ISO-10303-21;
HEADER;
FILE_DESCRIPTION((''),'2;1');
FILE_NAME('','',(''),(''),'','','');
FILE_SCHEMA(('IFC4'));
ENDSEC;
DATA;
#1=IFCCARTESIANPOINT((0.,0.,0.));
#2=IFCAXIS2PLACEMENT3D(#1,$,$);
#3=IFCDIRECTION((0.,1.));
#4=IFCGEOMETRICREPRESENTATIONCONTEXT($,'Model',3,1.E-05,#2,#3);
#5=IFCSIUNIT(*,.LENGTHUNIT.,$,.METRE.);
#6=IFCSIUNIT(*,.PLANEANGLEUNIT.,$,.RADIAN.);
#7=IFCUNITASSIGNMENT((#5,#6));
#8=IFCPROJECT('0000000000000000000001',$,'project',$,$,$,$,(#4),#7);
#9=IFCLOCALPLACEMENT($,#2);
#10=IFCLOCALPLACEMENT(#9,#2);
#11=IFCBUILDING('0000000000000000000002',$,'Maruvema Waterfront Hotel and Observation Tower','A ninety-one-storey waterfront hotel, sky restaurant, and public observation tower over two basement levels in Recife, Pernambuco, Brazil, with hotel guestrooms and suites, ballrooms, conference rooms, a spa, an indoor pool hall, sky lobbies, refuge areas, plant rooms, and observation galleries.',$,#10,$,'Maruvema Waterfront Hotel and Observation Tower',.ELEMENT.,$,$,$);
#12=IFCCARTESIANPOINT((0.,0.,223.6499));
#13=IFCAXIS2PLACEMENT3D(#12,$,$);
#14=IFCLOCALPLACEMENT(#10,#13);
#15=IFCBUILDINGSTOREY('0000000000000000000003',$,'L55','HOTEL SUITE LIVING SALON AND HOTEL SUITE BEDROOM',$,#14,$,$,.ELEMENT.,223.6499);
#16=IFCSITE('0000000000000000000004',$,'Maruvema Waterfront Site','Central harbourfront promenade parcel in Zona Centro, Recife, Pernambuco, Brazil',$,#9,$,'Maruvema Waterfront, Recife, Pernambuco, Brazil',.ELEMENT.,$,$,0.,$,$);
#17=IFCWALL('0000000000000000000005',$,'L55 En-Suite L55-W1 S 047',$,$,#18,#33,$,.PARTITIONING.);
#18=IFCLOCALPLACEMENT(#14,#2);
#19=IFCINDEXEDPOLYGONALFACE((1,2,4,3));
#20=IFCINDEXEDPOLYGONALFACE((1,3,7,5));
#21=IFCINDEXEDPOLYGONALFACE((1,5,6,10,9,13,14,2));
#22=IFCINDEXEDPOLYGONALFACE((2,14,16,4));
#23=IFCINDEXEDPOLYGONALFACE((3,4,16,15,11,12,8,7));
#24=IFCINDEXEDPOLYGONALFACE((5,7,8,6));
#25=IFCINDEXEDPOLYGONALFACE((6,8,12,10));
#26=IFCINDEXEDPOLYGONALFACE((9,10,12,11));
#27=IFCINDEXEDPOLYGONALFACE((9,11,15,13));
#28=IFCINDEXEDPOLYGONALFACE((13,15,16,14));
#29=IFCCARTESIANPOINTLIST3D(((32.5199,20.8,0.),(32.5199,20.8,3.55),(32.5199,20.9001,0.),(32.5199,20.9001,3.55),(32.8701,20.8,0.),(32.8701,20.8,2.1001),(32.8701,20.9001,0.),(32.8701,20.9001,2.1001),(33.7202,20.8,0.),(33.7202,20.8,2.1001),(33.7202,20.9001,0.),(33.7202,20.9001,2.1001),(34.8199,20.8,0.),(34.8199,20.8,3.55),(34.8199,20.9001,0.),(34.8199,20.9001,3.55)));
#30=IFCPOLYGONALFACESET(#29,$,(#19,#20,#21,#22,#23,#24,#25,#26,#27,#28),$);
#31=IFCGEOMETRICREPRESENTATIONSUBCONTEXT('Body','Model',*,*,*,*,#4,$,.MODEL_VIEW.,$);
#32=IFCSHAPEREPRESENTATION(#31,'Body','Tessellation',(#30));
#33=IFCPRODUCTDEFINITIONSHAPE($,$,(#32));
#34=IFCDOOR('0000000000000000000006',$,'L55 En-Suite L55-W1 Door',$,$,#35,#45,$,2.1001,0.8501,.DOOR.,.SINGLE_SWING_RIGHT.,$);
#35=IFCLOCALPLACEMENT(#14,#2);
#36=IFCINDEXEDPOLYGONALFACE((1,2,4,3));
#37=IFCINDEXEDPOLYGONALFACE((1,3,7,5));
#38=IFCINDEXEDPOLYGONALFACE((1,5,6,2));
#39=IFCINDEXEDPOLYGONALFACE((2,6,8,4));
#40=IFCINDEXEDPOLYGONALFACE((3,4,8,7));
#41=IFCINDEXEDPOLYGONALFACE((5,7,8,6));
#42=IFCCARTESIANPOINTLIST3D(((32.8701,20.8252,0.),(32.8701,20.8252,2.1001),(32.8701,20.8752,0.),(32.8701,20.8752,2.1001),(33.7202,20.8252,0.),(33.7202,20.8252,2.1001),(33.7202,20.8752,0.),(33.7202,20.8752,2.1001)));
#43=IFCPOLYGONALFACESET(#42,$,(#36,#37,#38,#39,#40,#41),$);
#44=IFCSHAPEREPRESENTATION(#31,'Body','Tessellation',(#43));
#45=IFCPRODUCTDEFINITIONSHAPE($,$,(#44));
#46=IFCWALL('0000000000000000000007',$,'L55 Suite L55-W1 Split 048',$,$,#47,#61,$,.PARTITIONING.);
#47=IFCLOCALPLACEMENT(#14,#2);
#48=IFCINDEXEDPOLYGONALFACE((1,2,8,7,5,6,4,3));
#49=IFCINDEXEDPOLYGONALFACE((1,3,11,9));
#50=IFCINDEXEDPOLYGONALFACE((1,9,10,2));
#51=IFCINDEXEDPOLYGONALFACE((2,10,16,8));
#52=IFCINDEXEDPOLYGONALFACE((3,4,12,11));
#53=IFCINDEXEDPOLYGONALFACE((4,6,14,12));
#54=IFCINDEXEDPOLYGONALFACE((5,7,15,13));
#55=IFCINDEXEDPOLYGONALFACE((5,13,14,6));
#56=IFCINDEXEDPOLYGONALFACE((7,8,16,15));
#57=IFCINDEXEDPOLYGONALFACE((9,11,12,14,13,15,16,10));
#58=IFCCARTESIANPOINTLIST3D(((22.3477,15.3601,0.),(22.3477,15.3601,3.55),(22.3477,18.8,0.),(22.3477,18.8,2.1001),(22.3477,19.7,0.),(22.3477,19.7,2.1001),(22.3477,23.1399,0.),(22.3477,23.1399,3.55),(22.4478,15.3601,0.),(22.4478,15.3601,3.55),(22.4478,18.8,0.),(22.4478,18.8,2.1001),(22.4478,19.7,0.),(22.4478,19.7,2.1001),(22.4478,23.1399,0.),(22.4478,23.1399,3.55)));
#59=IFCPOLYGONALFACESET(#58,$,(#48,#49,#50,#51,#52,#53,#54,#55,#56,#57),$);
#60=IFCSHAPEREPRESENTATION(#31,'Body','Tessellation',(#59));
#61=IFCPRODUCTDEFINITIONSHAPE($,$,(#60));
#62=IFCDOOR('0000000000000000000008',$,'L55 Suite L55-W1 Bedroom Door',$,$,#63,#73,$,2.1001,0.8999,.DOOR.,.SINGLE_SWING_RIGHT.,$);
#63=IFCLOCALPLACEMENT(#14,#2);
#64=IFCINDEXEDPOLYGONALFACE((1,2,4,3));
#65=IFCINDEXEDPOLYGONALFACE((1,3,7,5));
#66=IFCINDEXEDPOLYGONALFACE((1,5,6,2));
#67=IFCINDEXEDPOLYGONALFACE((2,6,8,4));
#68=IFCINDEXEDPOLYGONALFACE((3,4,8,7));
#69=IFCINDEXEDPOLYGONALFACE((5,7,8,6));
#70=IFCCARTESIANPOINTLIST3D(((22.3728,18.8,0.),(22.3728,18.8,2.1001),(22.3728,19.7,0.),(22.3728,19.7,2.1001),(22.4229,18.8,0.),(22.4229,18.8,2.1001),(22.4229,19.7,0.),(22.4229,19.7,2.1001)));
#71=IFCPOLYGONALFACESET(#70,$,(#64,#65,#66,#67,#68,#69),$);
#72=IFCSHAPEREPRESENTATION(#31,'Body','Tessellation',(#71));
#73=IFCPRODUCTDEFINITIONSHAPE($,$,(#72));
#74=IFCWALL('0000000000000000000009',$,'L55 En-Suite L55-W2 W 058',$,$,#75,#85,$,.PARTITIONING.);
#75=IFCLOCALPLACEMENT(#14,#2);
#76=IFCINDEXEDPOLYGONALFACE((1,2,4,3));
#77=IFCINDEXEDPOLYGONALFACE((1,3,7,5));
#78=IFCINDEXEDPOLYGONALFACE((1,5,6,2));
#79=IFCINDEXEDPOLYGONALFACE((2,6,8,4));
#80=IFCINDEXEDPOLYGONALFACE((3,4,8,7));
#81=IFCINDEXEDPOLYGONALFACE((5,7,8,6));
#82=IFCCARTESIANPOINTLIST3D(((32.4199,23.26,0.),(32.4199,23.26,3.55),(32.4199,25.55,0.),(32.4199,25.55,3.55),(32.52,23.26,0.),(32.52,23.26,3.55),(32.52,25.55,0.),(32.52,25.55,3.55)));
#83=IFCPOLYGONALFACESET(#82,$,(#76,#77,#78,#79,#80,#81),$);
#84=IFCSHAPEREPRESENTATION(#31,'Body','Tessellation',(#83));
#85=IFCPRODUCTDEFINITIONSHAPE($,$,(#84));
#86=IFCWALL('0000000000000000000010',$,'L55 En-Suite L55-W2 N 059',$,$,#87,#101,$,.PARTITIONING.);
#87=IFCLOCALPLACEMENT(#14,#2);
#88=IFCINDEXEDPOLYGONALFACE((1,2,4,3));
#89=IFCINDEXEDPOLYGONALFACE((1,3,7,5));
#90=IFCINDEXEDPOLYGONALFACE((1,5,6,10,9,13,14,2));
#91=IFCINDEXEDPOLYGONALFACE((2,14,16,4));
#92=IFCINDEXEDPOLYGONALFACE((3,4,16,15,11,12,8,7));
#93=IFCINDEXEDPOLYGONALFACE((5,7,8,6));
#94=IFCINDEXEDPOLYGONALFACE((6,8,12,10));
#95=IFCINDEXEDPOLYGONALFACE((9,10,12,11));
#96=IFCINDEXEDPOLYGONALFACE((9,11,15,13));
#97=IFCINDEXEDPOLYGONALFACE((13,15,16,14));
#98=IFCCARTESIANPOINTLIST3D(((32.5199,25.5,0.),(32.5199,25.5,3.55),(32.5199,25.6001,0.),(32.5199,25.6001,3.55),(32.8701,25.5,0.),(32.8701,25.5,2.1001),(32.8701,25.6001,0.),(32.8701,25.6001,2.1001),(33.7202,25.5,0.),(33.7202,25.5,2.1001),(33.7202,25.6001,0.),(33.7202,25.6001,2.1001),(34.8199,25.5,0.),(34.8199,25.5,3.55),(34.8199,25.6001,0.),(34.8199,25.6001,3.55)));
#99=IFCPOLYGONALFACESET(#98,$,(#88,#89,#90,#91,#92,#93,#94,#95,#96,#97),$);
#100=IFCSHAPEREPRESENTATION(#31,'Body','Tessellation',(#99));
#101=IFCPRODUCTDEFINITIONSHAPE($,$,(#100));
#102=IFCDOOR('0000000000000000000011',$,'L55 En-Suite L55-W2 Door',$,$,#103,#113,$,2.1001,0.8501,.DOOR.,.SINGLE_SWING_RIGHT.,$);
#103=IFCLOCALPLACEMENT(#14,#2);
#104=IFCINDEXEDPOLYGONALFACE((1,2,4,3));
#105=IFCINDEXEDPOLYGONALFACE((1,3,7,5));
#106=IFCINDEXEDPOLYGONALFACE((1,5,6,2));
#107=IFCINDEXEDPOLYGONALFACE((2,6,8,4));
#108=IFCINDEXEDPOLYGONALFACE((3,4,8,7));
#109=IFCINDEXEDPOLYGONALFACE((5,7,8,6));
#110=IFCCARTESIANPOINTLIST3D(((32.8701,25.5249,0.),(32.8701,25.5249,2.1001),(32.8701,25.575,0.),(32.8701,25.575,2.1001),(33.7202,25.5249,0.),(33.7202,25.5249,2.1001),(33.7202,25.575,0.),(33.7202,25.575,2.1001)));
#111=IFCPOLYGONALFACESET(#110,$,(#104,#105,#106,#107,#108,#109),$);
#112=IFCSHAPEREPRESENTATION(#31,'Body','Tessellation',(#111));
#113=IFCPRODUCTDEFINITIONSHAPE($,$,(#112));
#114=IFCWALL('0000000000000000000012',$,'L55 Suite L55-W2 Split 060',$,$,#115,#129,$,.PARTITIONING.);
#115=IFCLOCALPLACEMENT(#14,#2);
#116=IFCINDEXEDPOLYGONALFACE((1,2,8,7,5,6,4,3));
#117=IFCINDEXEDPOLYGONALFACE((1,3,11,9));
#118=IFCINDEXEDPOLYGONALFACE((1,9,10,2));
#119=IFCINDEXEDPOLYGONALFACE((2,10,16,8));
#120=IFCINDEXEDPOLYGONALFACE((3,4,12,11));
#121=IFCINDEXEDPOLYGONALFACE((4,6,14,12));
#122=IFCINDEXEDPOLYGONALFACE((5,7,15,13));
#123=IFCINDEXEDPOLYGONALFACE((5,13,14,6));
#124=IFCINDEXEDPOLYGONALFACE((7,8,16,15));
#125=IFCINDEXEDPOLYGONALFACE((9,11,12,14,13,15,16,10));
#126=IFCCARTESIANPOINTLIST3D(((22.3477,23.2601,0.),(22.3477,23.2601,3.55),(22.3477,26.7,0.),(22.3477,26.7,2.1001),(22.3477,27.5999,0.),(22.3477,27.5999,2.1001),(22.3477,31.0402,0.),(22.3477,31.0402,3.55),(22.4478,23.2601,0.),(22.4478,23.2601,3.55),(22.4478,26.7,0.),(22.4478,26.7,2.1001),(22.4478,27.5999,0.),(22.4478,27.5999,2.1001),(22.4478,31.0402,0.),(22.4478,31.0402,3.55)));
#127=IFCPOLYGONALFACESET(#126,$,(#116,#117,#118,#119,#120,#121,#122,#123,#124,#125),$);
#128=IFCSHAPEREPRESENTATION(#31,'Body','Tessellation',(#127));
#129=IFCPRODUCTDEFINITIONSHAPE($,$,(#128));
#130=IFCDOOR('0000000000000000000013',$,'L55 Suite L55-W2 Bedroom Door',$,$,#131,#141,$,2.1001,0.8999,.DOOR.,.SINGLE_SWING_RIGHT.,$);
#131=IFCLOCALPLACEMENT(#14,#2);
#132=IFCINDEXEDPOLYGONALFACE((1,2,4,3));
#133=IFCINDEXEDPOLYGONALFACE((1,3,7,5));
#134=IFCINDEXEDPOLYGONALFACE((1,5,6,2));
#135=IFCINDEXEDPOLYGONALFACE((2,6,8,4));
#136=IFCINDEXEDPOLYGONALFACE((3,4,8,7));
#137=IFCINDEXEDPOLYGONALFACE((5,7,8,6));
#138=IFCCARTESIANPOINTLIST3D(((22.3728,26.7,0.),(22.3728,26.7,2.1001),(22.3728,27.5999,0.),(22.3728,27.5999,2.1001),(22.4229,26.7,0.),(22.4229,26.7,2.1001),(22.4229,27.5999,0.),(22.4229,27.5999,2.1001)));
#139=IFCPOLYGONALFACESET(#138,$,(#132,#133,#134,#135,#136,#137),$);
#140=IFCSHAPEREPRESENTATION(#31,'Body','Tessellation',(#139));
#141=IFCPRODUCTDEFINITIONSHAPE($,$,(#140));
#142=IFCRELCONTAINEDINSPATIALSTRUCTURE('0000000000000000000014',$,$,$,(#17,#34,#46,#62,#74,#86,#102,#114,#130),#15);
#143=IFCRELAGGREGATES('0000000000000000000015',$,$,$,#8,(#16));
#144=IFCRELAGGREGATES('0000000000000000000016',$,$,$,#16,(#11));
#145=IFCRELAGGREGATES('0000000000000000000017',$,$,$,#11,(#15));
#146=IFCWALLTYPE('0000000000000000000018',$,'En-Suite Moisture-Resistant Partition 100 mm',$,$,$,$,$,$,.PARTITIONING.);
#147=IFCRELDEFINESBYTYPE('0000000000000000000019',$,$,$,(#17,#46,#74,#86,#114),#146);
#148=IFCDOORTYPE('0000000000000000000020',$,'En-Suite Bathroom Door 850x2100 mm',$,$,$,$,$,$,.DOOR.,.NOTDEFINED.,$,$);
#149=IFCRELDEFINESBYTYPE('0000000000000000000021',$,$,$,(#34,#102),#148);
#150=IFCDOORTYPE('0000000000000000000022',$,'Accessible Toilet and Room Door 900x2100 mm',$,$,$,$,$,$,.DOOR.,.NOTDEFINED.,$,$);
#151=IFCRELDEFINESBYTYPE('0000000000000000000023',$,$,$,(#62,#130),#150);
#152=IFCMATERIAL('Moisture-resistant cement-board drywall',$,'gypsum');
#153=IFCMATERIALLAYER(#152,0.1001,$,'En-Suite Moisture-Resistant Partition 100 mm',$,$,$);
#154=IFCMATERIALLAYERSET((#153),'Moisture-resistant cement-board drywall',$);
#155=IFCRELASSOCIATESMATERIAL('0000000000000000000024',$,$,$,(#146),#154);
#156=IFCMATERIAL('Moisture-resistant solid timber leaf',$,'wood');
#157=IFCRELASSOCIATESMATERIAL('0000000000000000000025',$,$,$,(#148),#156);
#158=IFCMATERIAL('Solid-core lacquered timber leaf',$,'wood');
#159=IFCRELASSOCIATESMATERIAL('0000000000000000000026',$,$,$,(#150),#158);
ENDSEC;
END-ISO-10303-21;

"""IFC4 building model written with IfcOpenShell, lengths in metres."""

from ifc_helpers import new_model, si_unit, direction, frame, frame_2d, origin, place, context, subcontext, project, spatial, rectangle, extrude, material, layer, layer_set, type_object, element, fill, save


model = new_model("IFC4")

# Units and contexts
model_context = context("Model", 3, precision=1e-05, world=origin(), true_north=direction((0.0, 1.0)))
body_context = subcontext(model_context, "Body", "Model", "MODEL_VIEW")
ifc_project = project(units=[si_unit("LENGTHUNIT", "METRE"), si_unit("PLANEANGLEUNIT", "RADIAN")], contexts=[model_context])

# Site, building, storey
site_placement = place(None, origin())
site = spatial("IfcSite", under=ifc_project, at=site_placement, Name="Maruvema Waterfront Site", Description="Central harbourfront promenade parcel in Zona Centro, Recife, Pernambuco, Brazil", LongName="Maruvema Waterfront, Recife, Pernambuco, Brazil", CompositionType="ELEMENT", RefElevation=0.0)
building_placement = place(site_placement, origin())
building = spatial("IfcBuilding", under=site, at=building_placement, Name="Maruvema Waterfront Hotel and Observation Tower", Description="A ninety-one-storey waterfront hotel, sky restaurant, and public observation tower over two basement levels in Recife, Pernambuco, Brazil, with hotel guestrooms and suites, ballrooms, conference rooms, a spa, an indoor pool hall, sky lobbies, refuge areas, plant rooms, and observation galleries.", LongName="Maruvema Waterfront Hotel and Observation Tower", CompositionType="ELEMENT")
storey_placement = place(building_placement, frame((0.0, 0.0, 223.6499)))
storey = spatial("IfcBuildingStorey", under=building, at=storey_placement, Name="L55", Description="HOTEL SUITE LIVING SALON AND HOTEL SUITE BEDROOM", CompositionType="ELEMENT", Elevation=223.6499)

# Shared definitions
ifc_material_1 = material(Name="Moisture-resistant cement-board drywall", Category="gypsum")
ifc_layer_1 = layer(ifc_material_1, 0.1001, Name="En-Suite Moisture-Resistant Partition 100 mm")
ifc_layer_set_1 = layer_set([ifc_layer_1], Name="Moisture-resistant cement-board drywall")
wall_type_1 = type_object("IfcWallType", Name="En-Suite Moisture-Resistant Partition 100 mm", PredefinedType="PARTITIONING", material=ifc_layer_set_1)

# Walls, openings, doors
wall_1_placement = place(storey_placement, frame((32.52, 20.8501, 0.0), z_axis=(0.0, 0.0, 1.0), x_axis=(1.0, 0.0, 0.0)))
wall_1 = element("IfcWall", 1, at=wall_1_placement, inside=storey, type_object=wall_type_1, Name="L55 En-Suite L55-W1 S 047", PredefinedType="PARTITIONING", context=body_context, shape_type="SweptSolid", body=[
    extrude(rectangle(XDim=2.3, YDim=0.1001, at=frame_2d((1.1499, 0.0))), origin(), (0.0, 0.0, 1.0), 3.55),
])
opening_1_placement = place(wall_1_placement, frame((0.3501, 0.0, 0.0)))
opening_1 = element("IfcOpeningElement", 2, at=opening_1_placement, cuts=wall_1, PredefinedType="OPENING", context=body_context, shape_type="SweptSolid", body=[
    extrude(rectangle(XDim=0.8501, YDim=2.1001, at=frame_2d((0.425, 1.05))), frame((0.0, 0.0601, 0.0), z_axis=(0.0, -1.0, 0.0), x_axis=(1.0, 0.0, 0.0)), (0.0, 0.0, 1.0), 0.1201),
])
ifc_material_2 = material(Name="Moisture-resistant solid timber leaf", Category="wood")
door_type_1 = type_object("IfcDoorType", Name="En-Suite Bathroom Door 850x2100 mm", OperationType="NOTDEFINED", PredefinedType="DOOR", material=ifc_material_2)
door_1_placement = place(opening_1_placement, frame((0.8501, 0.0, 0.0), z_axis=(0.0, 0.0, 1.0), x_axis=(-1.0, 0.0, 0.0)))
door_1 = element("IfcDoor", 3, at=door_1_placement, inside=storey, type_object=door_type_1, Name="L55 En-Suite L55-W1 Door", OperationType="SINGLE_SWING_RIGHT", OverallHeight=2.1001, OverallWidth=0.8501, PredefinedType="DOOR", context=body_context, shape_type="SweptSolid", body=[
    extrude(rectangle(XDim=0.8501, YDim=2.1001, at=frame_2d((0.425, 1.05))), frame((0.0, 0.0249, 0.0), z_axis=(0.0, -1.0, 0.0), x_axis=(1.0, 0.0, 0.0)), (0.0, 0.0, 1.0), 0.05),
])
fill(opening_1, door_1)
wall_2_placement = place(storey_placement, frame((22.3977, 15.3601, 0.0), z_axis=(0.0, 0.0, 1.0), x_axis=(0.0, 1.0, 0.0)))
wall_2 = element("IfcWall", 4, at=wall_2_placement, inside=storey, type_object=wall_type_1, Name="L55 Suite L55-W1 Split 048", PredefinedType="PARTITIONING", context=body_context, shape_type="SweptSolid", body=[
    extrude(rectangle(XDim=7.7798, YDim=0.1001, at=frame_2d((3.8899, 0.0))), origin(), (0.0, 0.0, 1.0), 3.55),
])
opening_2_placement = place(wall_2_placement, frame((3.4399, 0.0, 0.0)))
opening_2 = element("IfcOpeningElement", 5, at=opening_2_placement, cuts=wall_2, PredefinedType="OPENING", context=body_context, shape_type="SweptSolid", body=[
    extrude(rectangle(XDim=0.8999, YDim=2.1001, at=frame_2d((0.45, 1.05))), frame((0.0, 0.0601, 0.0), z_axis=(0.0, -1.0, 0.0), x_axis=(1.0, 0.0, 0.0)), (0.0, 0.0, 1.0), 0.1201),
])
ifc_material_3 = material(Name="Solid-core lacquered timber leaf", Category="wood")
door_type_2 = type_object("IfcDoorType", Name="Accessible Toilet and Room Door 900x2100 mm", OperationType="NOTDEFINED", PredefinedType="DOOR", material=ifc_material_3)
door_2_placement = place(opening_2_placement, origin())
door_2 = element("IfcDoor", 6, at=door_2_placement, inside=storey, type_object=door_type_2, Name="L55 Suite L55-W1 Bedroom Door", OperationType="SINGLE_SWING_RIGHT", OverallHeight=2.1001, OverallWidth=0.8999, PredefinedType="DOOR", context=body_context, shape_type="SweptSolid", body=[
    extrude(rectangle(XDim=0.8999, YDim=2.1001, at=frame_2d((0.45, 1.05))), frame((0.0, 0.0249, 0.0), z_axis=(0.0, -1.0, 0.0), x_axis=(1.0, 0.0, 0.0)), (0.0, 0.0, 1.0), 0.05),
])
fill(opening_2, door_2)

# Wall
wall_3_placement = place(storey_placement, frame((32.47, 23.26, 0.0), z_axis=(0.0, 0.0, 1.0), x_axis=(0.0, 1.0, 0.0)))
element("IfcWall", 7, at=wall_3_placement, inside=storey, type_object=wall_type_1, Name="L55 En-Suite L55-W2 W 058", PredefinedType="PARTITIONING", context=body_context, shape_type="SweptSolid", body=[
    extrude(rectangle(XDim=2.29, YDim=0.1001, at=frame_2d((1.145, 0.0))), origin(), (0.0, 0.0, 1.0), 3.55),
])

# Walls, openings, doors
wall_4_placement = place(storey_placement, frame((32.52, 25.55, 0.0), z_axis=(0.0, 0.0, 1.0), x_axis=(1.0, 0.0, 0.0)))
wall_4 = element("IfcWall", 8, at=wall_4_placement, inside=storey, type_object=wall_type_1, Name="L55 En-Suite L55-W2 N 059", PredefinedType="PARTITIONING", context=body_context, shape_type="SweptSolid", body=[
    extrude(rectangle(XDim=2.3, YDim=0.1001, at=frame_2d((1.1499, 0.0))), origin(), (0.0, 0.0, 1.0), 3.55),
])
opening_3_placement = place(wall_4_placement, frame((0.3501, 0.0, 0.0)))
opening_3 = element("IfcOpeningElement", 9, at=opening_3_placement, cuts=wall_4, PredefinedType="OPENING", context=body_context, shape_type="SweptSolid", body=[
    extrude(rectangle(XDim=0.8501, YDim=2.1001, at=frame_2d((0.425, 1.05))), frame((0.0, 0.0601, 0.0), z_axis=(0.0, -1.0, 0.0), x_axis=(1.0, 0.0, 0.0)), (0.0, 0.0, 1.0), 0.1201),
])
door_3_placement = place(opening_3_placement, origin())
door_3 = element("IfcDoor", 10, at=door_3_placement, inside=storey, type_object=door_type_1, Name="L55 En-Suite L55-W2 Door", OperationType="SINGLE_SWING_RIGHT", OverallHeight=2.1001, OverallWidth=0.8501, PredefinedType="DOOR", context=body_context, shape_type="SweptSolid", body=[
    extrude(rectangle(XDim=0.8501, YDim=2.1001, at=frame_2d((0.425, 1.05))), frame((0.0, 0.0249, 0.0), z_axis=(0.0, -1.0, 0.0), x_axis=(1.0, 0.0, 0.0)), (0.0, 0.0, 1.0), 0.05),
])
fill(opening_3, door_3)
wall_5_placement = place(storey_placement, frame((22.3977, 23.26, 0.0), z_axis=(0.0, 0.0, 1.0), x_axis=(0.0, 1.0, 0.0)))
wall_5 = element("IfcWall", 11, at=wall_5_placement, inside=storey, type_object=wall_type_1, Name="L55 Suite L55-W2 Split 060", PredefinedType="PARTITIONING", context=body_context, shape_type="SweptSolid", body=[
    extrude(rectangle(XDim=7.78, YDim=0.1001, at=frame_2d((3.8901, 0.0))), origin(), (0.0, 0.0, 1.0), 3.55),
])
opening_4_placement = place(wall_5_placement, frame((3.4399, 0.0, 0.0)))
opening_4 = element("IfcOpeningElement", 12, at=opening_4_placement, cuts=wall_5, PredefinedType="OPENING", context=body_context, shape_type="SweptSolid", body=[
    extrude(rectangle(XDim=0.8999, YDim=2.1001, at=frame_2d((0.45, 1.05))), frame((0.0, 0.0601, 0.0), z_axis=(0.0, -1.0, 0.0), x_axis=(1.0, 0.0, 0.0)), (0.0, 0.0, 1.0), 0.1201),
])
door_4_placement = place(opening_4_placement, origin())
door_4 = element("IfcDoor", 13, at=door_4_placement, inside=storey, type_object=door_type_2, Name="L55 Suite L55-W2 Bedroom Door", OperationType="SINGLE_SWING_RIGHT", OverallHeight=2.1001, OverallWidth=0.8999, PredefinedType="DOOR", context=body_context, shape_type="SweptSolid", body=[
    extrude(rectangle(XDim=0.8999, YDim=2.1001, at=frame_2d((0.45, 1.05))), frame((0.0, 0.0249, 0.0), z_axis=(0.0, -1.0, 0.0), x_axis=(1.0, 0.0, 0.0)), (0.0, 0.0, 1.0), 0.05),
])
fill(opening_4, door_4)

save(model, "model.ifc")
